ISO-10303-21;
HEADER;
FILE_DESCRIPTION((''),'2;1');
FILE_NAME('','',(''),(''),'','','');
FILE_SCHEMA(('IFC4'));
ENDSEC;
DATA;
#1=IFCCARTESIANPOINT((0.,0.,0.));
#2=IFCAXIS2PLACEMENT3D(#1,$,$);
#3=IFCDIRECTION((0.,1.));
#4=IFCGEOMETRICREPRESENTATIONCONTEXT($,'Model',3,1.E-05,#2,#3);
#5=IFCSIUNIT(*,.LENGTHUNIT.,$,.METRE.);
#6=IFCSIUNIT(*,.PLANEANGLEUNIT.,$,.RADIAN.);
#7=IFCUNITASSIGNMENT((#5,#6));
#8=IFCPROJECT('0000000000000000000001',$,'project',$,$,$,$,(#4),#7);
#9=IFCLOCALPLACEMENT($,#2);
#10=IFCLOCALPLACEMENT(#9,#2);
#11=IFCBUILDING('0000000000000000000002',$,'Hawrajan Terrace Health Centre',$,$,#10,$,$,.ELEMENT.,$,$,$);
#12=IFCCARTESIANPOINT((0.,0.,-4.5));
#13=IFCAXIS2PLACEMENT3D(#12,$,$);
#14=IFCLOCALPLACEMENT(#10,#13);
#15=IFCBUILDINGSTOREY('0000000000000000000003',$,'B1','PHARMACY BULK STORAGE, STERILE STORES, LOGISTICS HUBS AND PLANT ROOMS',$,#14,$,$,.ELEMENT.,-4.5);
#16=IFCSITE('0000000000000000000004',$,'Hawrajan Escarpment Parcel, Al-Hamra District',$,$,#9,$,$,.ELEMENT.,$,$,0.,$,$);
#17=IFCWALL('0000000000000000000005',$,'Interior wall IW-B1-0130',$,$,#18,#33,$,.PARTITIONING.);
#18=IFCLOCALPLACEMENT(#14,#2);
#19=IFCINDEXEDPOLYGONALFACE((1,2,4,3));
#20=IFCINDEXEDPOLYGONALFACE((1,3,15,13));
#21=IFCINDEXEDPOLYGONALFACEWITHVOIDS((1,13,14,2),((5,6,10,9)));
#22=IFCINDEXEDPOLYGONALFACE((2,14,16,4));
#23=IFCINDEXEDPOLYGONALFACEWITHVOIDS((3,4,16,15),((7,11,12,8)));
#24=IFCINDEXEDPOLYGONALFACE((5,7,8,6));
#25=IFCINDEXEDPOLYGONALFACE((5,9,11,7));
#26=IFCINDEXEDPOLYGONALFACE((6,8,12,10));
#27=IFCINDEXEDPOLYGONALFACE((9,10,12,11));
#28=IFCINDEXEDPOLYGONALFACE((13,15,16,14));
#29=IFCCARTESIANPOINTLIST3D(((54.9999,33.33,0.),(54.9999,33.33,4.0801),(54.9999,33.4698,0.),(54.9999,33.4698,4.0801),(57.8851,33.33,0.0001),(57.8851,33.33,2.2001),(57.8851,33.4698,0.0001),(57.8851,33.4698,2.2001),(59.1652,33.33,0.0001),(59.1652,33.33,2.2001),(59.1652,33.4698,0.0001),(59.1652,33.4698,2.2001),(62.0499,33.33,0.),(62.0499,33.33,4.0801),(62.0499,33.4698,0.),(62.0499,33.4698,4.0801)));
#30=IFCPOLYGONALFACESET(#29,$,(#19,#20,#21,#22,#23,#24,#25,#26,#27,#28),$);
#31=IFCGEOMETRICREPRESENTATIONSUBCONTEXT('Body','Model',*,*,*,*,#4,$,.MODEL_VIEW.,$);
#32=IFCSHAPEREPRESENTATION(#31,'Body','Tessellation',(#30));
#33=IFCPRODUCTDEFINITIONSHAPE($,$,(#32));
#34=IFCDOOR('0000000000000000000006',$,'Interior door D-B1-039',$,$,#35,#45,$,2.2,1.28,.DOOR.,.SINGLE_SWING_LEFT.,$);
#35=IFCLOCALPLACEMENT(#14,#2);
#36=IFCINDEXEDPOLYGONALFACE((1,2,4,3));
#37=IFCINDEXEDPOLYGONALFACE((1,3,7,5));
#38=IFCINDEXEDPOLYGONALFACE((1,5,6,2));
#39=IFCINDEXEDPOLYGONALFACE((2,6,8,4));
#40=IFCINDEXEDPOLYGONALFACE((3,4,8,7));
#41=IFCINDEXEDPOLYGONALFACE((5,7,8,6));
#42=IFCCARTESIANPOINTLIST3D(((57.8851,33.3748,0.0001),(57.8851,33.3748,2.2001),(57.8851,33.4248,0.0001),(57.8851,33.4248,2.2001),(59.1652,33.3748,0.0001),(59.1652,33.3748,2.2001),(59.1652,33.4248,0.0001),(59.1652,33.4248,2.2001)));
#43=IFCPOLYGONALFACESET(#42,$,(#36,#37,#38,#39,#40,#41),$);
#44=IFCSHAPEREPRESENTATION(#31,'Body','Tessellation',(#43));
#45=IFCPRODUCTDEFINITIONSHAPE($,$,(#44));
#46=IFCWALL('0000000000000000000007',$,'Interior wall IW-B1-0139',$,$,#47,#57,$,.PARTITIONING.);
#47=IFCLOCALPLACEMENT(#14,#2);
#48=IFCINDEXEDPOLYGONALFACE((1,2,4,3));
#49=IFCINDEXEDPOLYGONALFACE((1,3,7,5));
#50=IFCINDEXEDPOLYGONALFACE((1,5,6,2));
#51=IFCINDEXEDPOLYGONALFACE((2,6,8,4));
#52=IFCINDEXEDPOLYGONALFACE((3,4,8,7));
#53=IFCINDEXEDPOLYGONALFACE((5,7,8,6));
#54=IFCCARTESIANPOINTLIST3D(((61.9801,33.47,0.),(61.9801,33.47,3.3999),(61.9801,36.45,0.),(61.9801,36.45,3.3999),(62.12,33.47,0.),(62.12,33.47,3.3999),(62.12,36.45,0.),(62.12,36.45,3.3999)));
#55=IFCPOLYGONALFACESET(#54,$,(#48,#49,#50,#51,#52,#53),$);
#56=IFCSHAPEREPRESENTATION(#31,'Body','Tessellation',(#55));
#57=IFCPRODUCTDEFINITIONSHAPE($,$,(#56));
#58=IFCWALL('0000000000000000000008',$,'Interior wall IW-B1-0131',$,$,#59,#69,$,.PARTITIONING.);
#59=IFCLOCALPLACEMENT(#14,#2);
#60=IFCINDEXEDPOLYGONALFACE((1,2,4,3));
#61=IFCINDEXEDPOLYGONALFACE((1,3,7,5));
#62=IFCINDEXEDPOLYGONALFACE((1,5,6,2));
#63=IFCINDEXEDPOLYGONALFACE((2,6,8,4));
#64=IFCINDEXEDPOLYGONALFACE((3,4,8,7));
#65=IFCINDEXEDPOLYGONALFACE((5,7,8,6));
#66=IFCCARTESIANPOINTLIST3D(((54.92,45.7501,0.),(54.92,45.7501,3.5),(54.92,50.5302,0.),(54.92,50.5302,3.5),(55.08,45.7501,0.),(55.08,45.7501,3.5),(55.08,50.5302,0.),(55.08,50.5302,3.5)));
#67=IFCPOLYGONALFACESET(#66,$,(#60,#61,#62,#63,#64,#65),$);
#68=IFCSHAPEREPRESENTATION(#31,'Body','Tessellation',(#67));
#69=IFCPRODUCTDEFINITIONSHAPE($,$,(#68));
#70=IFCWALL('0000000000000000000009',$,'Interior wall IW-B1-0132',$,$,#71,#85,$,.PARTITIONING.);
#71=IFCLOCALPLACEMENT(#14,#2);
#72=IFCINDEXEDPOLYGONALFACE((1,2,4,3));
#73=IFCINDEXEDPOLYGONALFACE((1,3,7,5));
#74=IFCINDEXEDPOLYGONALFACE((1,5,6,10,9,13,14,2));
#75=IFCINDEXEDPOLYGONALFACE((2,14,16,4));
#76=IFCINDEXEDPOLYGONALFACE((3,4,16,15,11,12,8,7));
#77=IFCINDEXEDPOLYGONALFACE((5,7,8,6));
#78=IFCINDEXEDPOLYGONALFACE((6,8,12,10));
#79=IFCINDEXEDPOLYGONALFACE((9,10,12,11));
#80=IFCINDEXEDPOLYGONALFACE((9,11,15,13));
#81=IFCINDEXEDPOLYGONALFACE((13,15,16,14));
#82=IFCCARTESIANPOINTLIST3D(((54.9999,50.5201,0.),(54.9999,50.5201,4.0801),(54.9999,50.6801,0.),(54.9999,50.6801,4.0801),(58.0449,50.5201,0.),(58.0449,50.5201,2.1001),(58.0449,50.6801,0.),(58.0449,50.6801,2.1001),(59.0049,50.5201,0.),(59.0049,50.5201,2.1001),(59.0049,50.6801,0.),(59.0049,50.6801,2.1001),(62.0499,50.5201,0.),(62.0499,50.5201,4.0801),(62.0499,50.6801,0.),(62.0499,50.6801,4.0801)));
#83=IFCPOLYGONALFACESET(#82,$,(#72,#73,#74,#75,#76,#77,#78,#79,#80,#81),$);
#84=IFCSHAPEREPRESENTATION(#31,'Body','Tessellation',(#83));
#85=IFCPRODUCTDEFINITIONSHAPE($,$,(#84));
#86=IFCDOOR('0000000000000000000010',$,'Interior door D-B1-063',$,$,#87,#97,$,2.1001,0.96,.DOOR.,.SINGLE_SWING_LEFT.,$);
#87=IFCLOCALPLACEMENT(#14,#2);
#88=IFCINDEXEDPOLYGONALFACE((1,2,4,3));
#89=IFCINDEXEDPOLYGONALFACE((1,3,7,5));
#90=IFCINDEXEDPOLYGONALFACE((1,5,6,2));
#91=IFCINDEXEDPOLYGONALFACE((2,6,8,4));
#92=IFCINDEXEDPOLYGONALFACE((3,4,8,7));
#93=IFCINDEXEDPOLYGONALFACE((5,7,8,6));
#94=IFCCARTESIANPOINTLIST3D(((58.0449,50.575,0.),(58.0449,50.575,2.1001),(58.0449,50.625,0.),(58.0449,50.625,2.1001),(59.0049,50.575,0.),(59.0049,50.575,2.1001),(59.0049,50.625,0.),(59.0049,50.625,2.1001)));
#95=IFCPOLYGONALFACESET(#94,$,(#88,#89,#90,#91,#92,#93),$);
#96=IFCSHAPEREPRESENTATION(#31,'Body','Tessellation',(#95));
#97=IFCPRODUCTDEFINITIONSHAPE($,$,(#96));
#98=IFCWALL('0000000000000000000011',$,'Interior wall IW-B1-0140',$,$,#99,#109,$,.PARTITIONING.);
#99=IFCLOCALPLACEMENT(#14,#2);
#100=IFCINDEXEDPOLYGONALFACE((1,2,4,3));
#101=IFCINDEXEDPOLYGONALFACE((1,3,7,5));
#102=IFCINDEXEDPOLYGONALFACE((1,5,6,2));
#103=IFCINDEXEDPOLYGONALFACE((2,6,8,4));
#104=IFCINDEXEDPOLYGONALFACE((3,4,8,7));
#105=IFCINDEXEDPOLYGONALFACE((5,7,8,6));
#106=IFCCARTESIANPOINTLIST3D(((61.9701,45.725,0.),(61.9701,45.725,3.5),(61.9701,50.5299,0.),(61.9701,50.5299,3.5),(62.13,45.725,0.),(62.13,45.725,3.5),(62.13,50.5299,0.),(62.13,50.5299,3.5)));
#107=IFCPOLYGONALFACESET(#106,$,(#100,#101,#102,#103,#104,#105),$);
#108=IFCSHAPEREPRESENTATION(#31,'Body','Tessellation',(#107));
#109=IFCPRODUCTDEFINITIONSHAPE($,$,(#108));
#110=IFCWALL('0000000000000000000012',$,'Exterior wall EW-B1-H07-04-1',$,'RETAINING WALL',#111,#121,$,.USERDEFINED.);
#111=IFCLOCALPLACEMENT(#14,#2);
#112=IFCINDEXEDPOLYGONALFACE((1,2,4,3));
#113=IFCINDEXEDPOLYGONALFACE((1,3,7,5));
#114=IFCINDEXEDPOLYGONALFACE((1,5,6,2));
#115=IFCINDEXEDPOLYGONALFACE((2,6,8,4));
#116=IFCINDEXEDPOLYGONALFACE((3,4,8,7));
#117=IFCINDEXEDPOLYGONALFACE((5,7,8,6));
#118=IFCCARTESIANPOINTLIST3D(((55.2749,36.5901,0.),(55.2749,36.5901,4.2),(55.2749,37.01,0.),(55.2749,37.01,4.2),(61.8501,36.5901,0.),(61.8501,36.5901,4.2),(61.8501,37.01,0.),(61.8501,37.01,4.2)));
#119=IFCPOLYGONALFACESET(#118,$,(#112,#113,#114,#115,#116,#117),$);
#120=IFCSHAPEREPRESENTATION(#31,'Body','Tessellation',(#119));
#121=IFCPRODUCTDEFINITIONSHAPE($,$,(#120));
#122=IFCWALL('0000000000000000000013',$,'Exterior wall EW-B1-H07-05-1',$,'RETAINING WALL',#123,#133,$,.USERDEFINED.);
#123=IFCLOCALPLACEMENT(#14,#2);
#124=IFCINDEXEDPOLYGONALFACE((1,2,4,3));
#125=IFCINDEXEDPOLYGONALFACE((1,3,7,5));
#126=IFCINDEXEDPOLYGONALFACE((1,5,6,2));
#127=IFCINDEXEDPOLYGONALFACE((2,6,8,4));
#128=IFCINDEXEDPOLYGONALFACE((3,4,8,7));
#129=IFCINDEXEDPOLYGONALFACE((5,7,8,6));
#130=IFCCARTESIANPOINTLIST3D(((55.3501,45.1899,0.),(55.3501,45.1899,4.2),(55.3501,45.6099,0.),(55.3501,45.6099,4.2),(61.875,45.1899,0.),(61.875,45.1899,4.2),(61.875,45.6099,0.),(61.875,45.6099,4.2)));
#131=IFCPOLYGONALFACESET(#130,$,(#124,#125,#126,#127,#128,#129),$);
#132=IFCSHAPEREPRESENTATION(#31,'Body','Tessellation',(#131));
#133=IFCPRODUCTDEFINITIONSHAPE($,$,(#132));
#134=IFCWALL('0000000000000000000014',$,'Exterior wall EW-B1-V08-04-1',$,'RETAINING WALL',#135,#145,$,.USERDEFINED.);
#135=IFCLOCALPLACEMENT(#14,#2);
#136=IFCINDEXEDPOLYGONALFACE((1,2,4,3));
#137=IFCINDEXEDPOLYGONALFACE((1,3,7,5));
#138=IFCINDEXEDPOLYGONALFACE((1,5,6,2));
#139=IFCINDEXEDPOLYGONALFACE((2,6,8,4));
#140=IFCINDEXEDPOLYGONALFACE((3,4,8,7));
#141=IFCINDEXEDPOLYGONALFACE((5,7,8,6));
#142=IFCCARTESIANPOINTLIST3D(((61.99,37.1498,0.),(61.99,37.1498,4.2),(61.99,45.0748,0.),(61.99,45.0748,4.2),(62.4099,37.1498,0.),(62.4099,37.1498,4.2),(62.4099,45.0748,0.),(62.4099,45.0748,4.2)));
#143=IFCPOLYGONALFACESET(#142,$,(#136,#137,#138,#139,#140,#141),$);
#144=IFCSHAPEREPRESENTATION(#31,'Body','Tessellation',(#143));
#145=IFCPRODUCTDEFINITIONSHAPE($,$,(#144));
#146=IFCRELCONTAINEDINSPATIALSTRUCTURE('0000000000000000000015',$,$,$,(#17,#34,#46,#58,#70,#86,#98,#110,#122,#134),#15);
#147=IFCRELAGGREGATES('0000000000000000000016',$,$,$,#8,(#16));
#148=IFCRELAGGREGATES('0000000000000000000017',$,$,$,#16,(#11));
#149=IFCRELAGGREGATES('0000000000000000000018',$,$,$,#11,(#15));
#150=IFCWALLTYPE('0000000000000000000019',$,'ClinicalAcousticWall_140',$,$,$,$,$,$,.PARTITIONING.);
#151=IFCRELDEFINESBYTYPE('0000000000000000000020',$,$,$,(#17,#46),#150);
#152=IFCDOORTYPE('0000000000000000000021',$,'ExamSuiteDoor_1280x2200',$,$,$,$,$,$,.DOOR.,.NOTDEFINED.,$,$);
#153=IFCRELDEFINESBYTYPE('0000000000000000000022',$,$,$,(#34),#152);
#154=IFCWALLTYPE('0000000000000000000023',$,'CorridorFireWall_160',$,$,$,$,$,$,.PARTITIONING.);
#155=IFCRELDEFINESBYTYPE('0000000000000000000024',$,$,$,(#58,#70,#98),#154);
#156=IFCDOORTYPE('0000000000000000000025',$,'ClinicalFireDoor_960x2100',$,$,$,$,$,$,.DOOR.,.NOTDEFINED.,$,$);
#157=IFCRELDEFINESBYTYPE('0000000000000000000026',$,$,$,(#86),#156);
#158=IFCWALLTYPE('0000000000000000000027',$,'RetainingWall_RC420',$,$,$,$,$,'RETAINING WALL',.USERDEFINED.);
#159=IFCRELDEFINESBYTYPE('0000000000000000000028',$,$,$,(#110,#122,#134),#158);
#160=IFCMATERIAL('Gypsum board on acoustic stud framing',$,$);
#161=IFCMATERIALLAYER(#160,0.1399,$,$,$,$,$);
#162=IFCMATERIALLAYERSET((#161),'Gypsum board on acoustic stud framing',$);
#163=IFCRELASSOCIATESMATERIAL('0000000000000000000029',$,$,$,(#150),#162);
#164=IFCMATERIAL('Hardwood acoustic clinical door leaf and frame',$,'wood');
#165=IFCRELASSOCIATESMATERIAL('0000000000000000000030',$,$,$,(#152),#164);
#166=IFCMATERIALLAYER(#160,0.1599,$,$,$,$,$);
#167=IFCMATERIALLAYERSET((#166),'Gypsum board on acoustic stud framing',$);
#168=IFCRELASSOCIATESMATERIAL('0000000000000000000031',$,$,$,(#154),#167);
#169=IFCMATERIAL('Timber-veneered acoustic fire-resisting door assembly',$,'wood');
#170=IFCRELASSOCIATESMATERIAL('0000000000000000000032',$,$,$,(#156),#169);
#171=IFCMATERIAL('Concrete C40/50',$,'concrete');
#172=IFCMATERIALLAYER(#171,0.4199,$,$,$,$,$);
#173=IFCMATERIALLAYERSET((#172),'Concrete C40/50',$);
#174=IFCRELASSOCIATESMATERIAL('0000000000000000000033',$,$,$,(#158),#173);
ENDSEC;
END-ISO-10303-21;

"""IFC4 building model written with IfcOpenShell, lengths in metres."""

from ifc_helpers import new_model, si_unit, direction, frame, frame_2d, origin, place, context, subcontext, project, spatial, rectangle, extrude, material, layer, layer_set, type_object, element, fill, save


model = new_model("IFC4")

# Units and contexts
model_context = context("Model", 3, precision=1e-05, world=origin(), true_north=direction((0.0, 1.0)))
body_context = subcontext(model_context, "Body", "Model", "MODEL_VIEW")
ifc_project = project(units=[si_unit("LENGTHUNIT", "METRE"), si_unit("PLANEANGLEUNIT", "RADIAN")], contexts=[model_context])

# Site, building, storey
site_placement = place(None, origin())
site = spatial("IfcSite", under=ifc_project, at=site_placement, Name="Hawrajan Escarpment Parcel, Al-Hamra District", CompositionType="ELEMENT", RefElevation=0.0)
building_placement = place(site_placement, origin())
building = spatial("IfcBuilding", under=site, at=building_placement, Name="Hawrajan Terrace Health Centre", CompositionType="ELEMENT")
storey_placement = place(building_placement, frame((0.0, 0.0, -4.5)))
storey = spatial("IfcBuildingStorey", under=building, at=storey_placement, Name="B1", Description="PHARMACY BULK STORAGE, STERILE STORES, LOGISTICS HUBS AND PLANT ROOMS", CompositionType="ELEMENT", Elevation=-4.5)

# Shared definitions
ifc_material_1 = material(Name="Concrete C40/50", Category="concrete")

# Shared definitions
ifc_material_2 = material(Name="Gypsum board on acoustic stud framing")
ifc_layer_1 = layer(ifc_material_2, 0.1399)
ifc_layer_set_1 = layer_set([ifc_layer_1], Name="Gypsum board on acoustic stud framing")
wall_type_1 = type_object("IfcWallType", Name="ClinicalAcousticWall_140", PredefinedType="PARTITIONING", material=ifc_layer_set_1)

# Wall, opening, door
wall_1_placement = place(storey_placement, frame((55.0, 33.3999, 0.0), z_axis=(0.0, 0.0, 1.0), x_axis=(1.0, 0.0, 0.0)))
wall_1 = element("IfcWall", 1, at=wall_1_placement, inside=storey, type_object=wall_type_1, Name="Interior wall IW-B1-0130", PredefinedType="PARTITIONING", context=body_context, shape_type="SweptSolid", body=[
    extrude(rectangle(XDim=7.05, YDim=0.1399, at=frame_2d((3.5249, 0.0))), origin(), (0.0, 0.0, 1.0), 4.0801),
])
opening_1_placement = place(wall_1_placement, frame((2.885, 0.0, 0.0)))
opening_1 = element("IfcOpeningElement", 2, at=opening_1_placement, cuts=wall_1, PredefinedType="OPENING", context=body_context, shape_type="SweptSolid", body=[
    extrude(rectangle(XDim=1.28, YDim=2.2, at=frame_2d((0.6401, 1.1001))), frame((0.0, 0.0798, 0.0), z_axis=(0.0, -1.0, 0.0), x_axis=(1.0, 0.0, 0.0)), (0.0, 0.0, 1.0), 0.1599),
])
ifc_material_3 = material(Name="Hardwood acoustic clinical door leaf and frame", Category="wood")
door_type_1 = type_object("IfcDoorType", Name="ExamSuiteDoor_1280x2200", OperationType="NOTDEFINED", PredefinedType="DOOR", material=ifc_material_3)
door_1_placement = place(opening_1_placement, origin())
door_1 = element("IfcDoor", 3, at=door_1_placement, inside=storey, type_object=door_type_1, Name="Interior door D-B1-039", OperationType="SINGLE_SWING_LEFT", OverallHeight=2.2, OverallWidth=1.28, PredefinedType="DOOR", context=body_context, shape_type="SweptSolid", body=[
    extrude(rectangle(XDim=1.28, YDim=2.2, at=frame_2d((0.6401, 1.1001))), frame((0.0, 0.0249, 0.0), z_axis=(0.0, -1.0, 0.0), x_axis=(1.0, 0.0, 0.0)), (0.0, 0.0, 1.0), 0.05),
])
fill(opening_1, door_1)

# Walls
wall_2_placement = place(storey_placement, frame((62.05, 33.47, 0.0), z_axis=(0.0, 0.0, 1.0), x_axis=(0.0, 1.0, 0.0)))
element("IfcWall", 4, at=wall_2_placement, inside=storey, type_object=wall_type_1, Name="Interior wall IW-B1-0139", PredefinedType="PARTITIONING", context=body_context, shape_type="SweptSolid", body=[
    extrude(rectangle(XDim=2.98, YDim=0.1399, at=frame_2d((1.49, 0.0))), origin(), (0.0, 0.0, 1.0), 3.3999),
])
ifc_layer_2 = layer(ifc_material_2, 0.1599)
ifc_layer_set_2 = layer_set([ifc_layer_2], Name="Gypsum board on acoustic stud framing")
wall_type_2 = type_object("IfcWallType", Name="CorridorFireWall_160", PredefinedType="PARTITIONING", material=ifc_layer_set_2)
wall_3_placement = place(storey_placement, frame((55.0, 45.75, 0.0), z_axis=(0.0, 0.0, 1.0), x_axis=(0.0, 1.0, 0.0)))
element("IfcWall", 5, at=wall_3_placement, inside=storey, type_object=wall_type_2, Name="Interior wall IW-B1-0131", PredefinedType="PARTITIONING", context=body_context, shape_type="SweptSolid", body=[
    extrude(rectangle(XDim=4.78, YDim=0.1599, at=frame_2d((2.3901, 0.0))), origin(), (0.0, 0.0, 1.0), 3.5),
])

# Wall, opening, door
wall_4_placement = place(storey_placement, frame((55.0, 50.6001, 0.0), z_axis=(0.0, 0.0, 1.0), x_axis=(1.0, 0.0, 0.0)))
wall_4 = element("IfcWall", 6, at=wall_4_placement, inside=storey, type_object=wall_type_2, Name="Interior wall IW-B1-0132", PredefinedType="PARTITIONING", context=body_context, shape_type="SweptSolid", body=[
    extrude(rectangle(XDim=7.05, YDim=0.1599, at=frame_2d((3.5249, 0.0))), origin(), (0.0, 0.0, 1.0), 4.0801),
])
opening_2_placement = place(wall_4_placement, frame((3.0449, 0.0, 0.0)))
opening_2 = element("IfcOpeningElement", 7, at=opening_2_placement, cuts=wall_4, PredefinedType="OPENING", context=body_context, shape_type="SweptSolid", body=[
    extrude(rectangle(XDim=0.96, YDim=2.1001, at=frame_2d((0.48, 1.05))), frame((0.0, 0.0898, 0.0), z_axis=(0.0, -1.0, 0.0), x_axis=(1.0, 0.0, 0.0)), (0.0, 0.0, 1.0), 0.1799),
])
ifc_material_4 = material(Name="Timber-veneered acoustic fire-resisting door assembly", Category="wood")
door_type_2 = type_object("IfcDoorType", Name="ClinicalFireDoor_960x2100", OperationType="NOTDEFINED", PredefinedType="DOOR", material=ifc_material_4)
door_2_placement = place(opening_2_placement, origin())
door_2 = element("IfcDoor", 8, at=door_2_placement, inside=storey, type_object=door_type_2, Name="Interior door D-B1-063", OperationType="SINGLE_SWING_LEFT", OverallHeight=2.1001, OverallWidth=0.96, PredefinedType="DOOR", context=body_context, shape_type="SweptSolid", body=[
    extrude(rectangle(XDim=0.96, YDim=2.1001, at=frame_2d((0.48, 1.05))), frame((0.0, 0.0249, 0.0), z_axis=(0.0, -1.0, 0.0), x_axis=(1.0, 0.0, 0.0)), (0.0, 0.0, 1.0), 0.05),
])
fill(opening_2, door_2)

# Walls
wall_5_placement = place(storey_placement, frame((62.05, 45.7251, 0.0), z_axis=(0.0, 0.0, 1.0), x_axis=(0.0, 1.0, 0.0)))
element("IfcWall", 9, at=wall_5_placement, inside=storey, type_object=wall_type_2, Name="Interior wall IW-B1-0140", PredefinedType="PARTITIONING", context=body_context, shape_type="SweptSolid", body=[
    extrude(rectangle(XDim=4.8049, YDim=0.1599, at=frame_2d((2.4023, 0.0))), origin(), (0.0, 0.0, 1.0), 3.5),
])
ifc_layer_3 = layer(ifc_material_1, 0.4199)
ifc_layer_set_3 = layer_set([ifc_layer_3], Name="Concrete C40/50")
wall_type_3 = type_object("IfcWallType", Name="RetainingWall_RC420", ElementType="RETAINING WALL", PredefinedType="USERDEFINED", material=ifc_layer_set_3)
wall_6_placement = place(storey_placement, frame((55.2749, 36.8, 0.0), z_axis=(0.0, 0.0, 1.0), x_axis=(1.0, 0.0, 0.0)))
element("IfcWall", 10, at=wall_6_placement, inside=storey, type_object=wall_type_3, Name="Exterior wall EW-B1-H07-04-1", ObjectType="RETAINING WALL", PredefinedType="USERDEFINED", context=body_context, shape_type="SweptSolid", body=[
    extrude(rectangle(XDim=6.5752, YDim=0.4199, at=frame_2d((3.2876, 0.0))), origin(), (0.0, 0.0, 1.0), 4.2),
])
wall_7_placement = place(storey_placement, frame((55.3501, 45.3999, 0.0), z_axis=(0.0, 0.0, 1.0), x_axis=(1.0, 0.0, 0.0)))
element("IfcWall", 11, at=wall_7_placement, inside=storey, type_object=wall_type_3, Name="Exterior wall EW-B1-H07-05-1", ObjectType="RETAINING WALL", PredefinedType="USERDEFINED", context=body_context, shape_type="SweptSolid", body=[
    extrude(rectangle(XDim=6.5249, YDim=0.4199, at=frame_2d((3.2625, 0.0))), origin(), (0.0, 0.0, 1.0), 4.2),
])
wall_8_placement = place(storey_placement, frame((62.2, 37.1499, 0.0), z_axis=(0.0, 0.0, 1.0), x_axis=(0.0, 1.0, 0.0)))
element("IfcWall", 12, at=wall_8_placement, inside=storey, type_object=wall_type_3, Name="Exterior wall EW-B1-V08-04-1", ObjectType="RETAINING WALL", PredefinedType="USERDEFINED", context=body_context, shape_type="SweptSolid", body=[
    extrude(rectangle(XDim=7.925, YDim=0.4199, at=frame_2d((3.9624, 0.0))), origin(), (0.0, 0.0, 1.0), 4.2),
])

save(model, "model.ifc")
